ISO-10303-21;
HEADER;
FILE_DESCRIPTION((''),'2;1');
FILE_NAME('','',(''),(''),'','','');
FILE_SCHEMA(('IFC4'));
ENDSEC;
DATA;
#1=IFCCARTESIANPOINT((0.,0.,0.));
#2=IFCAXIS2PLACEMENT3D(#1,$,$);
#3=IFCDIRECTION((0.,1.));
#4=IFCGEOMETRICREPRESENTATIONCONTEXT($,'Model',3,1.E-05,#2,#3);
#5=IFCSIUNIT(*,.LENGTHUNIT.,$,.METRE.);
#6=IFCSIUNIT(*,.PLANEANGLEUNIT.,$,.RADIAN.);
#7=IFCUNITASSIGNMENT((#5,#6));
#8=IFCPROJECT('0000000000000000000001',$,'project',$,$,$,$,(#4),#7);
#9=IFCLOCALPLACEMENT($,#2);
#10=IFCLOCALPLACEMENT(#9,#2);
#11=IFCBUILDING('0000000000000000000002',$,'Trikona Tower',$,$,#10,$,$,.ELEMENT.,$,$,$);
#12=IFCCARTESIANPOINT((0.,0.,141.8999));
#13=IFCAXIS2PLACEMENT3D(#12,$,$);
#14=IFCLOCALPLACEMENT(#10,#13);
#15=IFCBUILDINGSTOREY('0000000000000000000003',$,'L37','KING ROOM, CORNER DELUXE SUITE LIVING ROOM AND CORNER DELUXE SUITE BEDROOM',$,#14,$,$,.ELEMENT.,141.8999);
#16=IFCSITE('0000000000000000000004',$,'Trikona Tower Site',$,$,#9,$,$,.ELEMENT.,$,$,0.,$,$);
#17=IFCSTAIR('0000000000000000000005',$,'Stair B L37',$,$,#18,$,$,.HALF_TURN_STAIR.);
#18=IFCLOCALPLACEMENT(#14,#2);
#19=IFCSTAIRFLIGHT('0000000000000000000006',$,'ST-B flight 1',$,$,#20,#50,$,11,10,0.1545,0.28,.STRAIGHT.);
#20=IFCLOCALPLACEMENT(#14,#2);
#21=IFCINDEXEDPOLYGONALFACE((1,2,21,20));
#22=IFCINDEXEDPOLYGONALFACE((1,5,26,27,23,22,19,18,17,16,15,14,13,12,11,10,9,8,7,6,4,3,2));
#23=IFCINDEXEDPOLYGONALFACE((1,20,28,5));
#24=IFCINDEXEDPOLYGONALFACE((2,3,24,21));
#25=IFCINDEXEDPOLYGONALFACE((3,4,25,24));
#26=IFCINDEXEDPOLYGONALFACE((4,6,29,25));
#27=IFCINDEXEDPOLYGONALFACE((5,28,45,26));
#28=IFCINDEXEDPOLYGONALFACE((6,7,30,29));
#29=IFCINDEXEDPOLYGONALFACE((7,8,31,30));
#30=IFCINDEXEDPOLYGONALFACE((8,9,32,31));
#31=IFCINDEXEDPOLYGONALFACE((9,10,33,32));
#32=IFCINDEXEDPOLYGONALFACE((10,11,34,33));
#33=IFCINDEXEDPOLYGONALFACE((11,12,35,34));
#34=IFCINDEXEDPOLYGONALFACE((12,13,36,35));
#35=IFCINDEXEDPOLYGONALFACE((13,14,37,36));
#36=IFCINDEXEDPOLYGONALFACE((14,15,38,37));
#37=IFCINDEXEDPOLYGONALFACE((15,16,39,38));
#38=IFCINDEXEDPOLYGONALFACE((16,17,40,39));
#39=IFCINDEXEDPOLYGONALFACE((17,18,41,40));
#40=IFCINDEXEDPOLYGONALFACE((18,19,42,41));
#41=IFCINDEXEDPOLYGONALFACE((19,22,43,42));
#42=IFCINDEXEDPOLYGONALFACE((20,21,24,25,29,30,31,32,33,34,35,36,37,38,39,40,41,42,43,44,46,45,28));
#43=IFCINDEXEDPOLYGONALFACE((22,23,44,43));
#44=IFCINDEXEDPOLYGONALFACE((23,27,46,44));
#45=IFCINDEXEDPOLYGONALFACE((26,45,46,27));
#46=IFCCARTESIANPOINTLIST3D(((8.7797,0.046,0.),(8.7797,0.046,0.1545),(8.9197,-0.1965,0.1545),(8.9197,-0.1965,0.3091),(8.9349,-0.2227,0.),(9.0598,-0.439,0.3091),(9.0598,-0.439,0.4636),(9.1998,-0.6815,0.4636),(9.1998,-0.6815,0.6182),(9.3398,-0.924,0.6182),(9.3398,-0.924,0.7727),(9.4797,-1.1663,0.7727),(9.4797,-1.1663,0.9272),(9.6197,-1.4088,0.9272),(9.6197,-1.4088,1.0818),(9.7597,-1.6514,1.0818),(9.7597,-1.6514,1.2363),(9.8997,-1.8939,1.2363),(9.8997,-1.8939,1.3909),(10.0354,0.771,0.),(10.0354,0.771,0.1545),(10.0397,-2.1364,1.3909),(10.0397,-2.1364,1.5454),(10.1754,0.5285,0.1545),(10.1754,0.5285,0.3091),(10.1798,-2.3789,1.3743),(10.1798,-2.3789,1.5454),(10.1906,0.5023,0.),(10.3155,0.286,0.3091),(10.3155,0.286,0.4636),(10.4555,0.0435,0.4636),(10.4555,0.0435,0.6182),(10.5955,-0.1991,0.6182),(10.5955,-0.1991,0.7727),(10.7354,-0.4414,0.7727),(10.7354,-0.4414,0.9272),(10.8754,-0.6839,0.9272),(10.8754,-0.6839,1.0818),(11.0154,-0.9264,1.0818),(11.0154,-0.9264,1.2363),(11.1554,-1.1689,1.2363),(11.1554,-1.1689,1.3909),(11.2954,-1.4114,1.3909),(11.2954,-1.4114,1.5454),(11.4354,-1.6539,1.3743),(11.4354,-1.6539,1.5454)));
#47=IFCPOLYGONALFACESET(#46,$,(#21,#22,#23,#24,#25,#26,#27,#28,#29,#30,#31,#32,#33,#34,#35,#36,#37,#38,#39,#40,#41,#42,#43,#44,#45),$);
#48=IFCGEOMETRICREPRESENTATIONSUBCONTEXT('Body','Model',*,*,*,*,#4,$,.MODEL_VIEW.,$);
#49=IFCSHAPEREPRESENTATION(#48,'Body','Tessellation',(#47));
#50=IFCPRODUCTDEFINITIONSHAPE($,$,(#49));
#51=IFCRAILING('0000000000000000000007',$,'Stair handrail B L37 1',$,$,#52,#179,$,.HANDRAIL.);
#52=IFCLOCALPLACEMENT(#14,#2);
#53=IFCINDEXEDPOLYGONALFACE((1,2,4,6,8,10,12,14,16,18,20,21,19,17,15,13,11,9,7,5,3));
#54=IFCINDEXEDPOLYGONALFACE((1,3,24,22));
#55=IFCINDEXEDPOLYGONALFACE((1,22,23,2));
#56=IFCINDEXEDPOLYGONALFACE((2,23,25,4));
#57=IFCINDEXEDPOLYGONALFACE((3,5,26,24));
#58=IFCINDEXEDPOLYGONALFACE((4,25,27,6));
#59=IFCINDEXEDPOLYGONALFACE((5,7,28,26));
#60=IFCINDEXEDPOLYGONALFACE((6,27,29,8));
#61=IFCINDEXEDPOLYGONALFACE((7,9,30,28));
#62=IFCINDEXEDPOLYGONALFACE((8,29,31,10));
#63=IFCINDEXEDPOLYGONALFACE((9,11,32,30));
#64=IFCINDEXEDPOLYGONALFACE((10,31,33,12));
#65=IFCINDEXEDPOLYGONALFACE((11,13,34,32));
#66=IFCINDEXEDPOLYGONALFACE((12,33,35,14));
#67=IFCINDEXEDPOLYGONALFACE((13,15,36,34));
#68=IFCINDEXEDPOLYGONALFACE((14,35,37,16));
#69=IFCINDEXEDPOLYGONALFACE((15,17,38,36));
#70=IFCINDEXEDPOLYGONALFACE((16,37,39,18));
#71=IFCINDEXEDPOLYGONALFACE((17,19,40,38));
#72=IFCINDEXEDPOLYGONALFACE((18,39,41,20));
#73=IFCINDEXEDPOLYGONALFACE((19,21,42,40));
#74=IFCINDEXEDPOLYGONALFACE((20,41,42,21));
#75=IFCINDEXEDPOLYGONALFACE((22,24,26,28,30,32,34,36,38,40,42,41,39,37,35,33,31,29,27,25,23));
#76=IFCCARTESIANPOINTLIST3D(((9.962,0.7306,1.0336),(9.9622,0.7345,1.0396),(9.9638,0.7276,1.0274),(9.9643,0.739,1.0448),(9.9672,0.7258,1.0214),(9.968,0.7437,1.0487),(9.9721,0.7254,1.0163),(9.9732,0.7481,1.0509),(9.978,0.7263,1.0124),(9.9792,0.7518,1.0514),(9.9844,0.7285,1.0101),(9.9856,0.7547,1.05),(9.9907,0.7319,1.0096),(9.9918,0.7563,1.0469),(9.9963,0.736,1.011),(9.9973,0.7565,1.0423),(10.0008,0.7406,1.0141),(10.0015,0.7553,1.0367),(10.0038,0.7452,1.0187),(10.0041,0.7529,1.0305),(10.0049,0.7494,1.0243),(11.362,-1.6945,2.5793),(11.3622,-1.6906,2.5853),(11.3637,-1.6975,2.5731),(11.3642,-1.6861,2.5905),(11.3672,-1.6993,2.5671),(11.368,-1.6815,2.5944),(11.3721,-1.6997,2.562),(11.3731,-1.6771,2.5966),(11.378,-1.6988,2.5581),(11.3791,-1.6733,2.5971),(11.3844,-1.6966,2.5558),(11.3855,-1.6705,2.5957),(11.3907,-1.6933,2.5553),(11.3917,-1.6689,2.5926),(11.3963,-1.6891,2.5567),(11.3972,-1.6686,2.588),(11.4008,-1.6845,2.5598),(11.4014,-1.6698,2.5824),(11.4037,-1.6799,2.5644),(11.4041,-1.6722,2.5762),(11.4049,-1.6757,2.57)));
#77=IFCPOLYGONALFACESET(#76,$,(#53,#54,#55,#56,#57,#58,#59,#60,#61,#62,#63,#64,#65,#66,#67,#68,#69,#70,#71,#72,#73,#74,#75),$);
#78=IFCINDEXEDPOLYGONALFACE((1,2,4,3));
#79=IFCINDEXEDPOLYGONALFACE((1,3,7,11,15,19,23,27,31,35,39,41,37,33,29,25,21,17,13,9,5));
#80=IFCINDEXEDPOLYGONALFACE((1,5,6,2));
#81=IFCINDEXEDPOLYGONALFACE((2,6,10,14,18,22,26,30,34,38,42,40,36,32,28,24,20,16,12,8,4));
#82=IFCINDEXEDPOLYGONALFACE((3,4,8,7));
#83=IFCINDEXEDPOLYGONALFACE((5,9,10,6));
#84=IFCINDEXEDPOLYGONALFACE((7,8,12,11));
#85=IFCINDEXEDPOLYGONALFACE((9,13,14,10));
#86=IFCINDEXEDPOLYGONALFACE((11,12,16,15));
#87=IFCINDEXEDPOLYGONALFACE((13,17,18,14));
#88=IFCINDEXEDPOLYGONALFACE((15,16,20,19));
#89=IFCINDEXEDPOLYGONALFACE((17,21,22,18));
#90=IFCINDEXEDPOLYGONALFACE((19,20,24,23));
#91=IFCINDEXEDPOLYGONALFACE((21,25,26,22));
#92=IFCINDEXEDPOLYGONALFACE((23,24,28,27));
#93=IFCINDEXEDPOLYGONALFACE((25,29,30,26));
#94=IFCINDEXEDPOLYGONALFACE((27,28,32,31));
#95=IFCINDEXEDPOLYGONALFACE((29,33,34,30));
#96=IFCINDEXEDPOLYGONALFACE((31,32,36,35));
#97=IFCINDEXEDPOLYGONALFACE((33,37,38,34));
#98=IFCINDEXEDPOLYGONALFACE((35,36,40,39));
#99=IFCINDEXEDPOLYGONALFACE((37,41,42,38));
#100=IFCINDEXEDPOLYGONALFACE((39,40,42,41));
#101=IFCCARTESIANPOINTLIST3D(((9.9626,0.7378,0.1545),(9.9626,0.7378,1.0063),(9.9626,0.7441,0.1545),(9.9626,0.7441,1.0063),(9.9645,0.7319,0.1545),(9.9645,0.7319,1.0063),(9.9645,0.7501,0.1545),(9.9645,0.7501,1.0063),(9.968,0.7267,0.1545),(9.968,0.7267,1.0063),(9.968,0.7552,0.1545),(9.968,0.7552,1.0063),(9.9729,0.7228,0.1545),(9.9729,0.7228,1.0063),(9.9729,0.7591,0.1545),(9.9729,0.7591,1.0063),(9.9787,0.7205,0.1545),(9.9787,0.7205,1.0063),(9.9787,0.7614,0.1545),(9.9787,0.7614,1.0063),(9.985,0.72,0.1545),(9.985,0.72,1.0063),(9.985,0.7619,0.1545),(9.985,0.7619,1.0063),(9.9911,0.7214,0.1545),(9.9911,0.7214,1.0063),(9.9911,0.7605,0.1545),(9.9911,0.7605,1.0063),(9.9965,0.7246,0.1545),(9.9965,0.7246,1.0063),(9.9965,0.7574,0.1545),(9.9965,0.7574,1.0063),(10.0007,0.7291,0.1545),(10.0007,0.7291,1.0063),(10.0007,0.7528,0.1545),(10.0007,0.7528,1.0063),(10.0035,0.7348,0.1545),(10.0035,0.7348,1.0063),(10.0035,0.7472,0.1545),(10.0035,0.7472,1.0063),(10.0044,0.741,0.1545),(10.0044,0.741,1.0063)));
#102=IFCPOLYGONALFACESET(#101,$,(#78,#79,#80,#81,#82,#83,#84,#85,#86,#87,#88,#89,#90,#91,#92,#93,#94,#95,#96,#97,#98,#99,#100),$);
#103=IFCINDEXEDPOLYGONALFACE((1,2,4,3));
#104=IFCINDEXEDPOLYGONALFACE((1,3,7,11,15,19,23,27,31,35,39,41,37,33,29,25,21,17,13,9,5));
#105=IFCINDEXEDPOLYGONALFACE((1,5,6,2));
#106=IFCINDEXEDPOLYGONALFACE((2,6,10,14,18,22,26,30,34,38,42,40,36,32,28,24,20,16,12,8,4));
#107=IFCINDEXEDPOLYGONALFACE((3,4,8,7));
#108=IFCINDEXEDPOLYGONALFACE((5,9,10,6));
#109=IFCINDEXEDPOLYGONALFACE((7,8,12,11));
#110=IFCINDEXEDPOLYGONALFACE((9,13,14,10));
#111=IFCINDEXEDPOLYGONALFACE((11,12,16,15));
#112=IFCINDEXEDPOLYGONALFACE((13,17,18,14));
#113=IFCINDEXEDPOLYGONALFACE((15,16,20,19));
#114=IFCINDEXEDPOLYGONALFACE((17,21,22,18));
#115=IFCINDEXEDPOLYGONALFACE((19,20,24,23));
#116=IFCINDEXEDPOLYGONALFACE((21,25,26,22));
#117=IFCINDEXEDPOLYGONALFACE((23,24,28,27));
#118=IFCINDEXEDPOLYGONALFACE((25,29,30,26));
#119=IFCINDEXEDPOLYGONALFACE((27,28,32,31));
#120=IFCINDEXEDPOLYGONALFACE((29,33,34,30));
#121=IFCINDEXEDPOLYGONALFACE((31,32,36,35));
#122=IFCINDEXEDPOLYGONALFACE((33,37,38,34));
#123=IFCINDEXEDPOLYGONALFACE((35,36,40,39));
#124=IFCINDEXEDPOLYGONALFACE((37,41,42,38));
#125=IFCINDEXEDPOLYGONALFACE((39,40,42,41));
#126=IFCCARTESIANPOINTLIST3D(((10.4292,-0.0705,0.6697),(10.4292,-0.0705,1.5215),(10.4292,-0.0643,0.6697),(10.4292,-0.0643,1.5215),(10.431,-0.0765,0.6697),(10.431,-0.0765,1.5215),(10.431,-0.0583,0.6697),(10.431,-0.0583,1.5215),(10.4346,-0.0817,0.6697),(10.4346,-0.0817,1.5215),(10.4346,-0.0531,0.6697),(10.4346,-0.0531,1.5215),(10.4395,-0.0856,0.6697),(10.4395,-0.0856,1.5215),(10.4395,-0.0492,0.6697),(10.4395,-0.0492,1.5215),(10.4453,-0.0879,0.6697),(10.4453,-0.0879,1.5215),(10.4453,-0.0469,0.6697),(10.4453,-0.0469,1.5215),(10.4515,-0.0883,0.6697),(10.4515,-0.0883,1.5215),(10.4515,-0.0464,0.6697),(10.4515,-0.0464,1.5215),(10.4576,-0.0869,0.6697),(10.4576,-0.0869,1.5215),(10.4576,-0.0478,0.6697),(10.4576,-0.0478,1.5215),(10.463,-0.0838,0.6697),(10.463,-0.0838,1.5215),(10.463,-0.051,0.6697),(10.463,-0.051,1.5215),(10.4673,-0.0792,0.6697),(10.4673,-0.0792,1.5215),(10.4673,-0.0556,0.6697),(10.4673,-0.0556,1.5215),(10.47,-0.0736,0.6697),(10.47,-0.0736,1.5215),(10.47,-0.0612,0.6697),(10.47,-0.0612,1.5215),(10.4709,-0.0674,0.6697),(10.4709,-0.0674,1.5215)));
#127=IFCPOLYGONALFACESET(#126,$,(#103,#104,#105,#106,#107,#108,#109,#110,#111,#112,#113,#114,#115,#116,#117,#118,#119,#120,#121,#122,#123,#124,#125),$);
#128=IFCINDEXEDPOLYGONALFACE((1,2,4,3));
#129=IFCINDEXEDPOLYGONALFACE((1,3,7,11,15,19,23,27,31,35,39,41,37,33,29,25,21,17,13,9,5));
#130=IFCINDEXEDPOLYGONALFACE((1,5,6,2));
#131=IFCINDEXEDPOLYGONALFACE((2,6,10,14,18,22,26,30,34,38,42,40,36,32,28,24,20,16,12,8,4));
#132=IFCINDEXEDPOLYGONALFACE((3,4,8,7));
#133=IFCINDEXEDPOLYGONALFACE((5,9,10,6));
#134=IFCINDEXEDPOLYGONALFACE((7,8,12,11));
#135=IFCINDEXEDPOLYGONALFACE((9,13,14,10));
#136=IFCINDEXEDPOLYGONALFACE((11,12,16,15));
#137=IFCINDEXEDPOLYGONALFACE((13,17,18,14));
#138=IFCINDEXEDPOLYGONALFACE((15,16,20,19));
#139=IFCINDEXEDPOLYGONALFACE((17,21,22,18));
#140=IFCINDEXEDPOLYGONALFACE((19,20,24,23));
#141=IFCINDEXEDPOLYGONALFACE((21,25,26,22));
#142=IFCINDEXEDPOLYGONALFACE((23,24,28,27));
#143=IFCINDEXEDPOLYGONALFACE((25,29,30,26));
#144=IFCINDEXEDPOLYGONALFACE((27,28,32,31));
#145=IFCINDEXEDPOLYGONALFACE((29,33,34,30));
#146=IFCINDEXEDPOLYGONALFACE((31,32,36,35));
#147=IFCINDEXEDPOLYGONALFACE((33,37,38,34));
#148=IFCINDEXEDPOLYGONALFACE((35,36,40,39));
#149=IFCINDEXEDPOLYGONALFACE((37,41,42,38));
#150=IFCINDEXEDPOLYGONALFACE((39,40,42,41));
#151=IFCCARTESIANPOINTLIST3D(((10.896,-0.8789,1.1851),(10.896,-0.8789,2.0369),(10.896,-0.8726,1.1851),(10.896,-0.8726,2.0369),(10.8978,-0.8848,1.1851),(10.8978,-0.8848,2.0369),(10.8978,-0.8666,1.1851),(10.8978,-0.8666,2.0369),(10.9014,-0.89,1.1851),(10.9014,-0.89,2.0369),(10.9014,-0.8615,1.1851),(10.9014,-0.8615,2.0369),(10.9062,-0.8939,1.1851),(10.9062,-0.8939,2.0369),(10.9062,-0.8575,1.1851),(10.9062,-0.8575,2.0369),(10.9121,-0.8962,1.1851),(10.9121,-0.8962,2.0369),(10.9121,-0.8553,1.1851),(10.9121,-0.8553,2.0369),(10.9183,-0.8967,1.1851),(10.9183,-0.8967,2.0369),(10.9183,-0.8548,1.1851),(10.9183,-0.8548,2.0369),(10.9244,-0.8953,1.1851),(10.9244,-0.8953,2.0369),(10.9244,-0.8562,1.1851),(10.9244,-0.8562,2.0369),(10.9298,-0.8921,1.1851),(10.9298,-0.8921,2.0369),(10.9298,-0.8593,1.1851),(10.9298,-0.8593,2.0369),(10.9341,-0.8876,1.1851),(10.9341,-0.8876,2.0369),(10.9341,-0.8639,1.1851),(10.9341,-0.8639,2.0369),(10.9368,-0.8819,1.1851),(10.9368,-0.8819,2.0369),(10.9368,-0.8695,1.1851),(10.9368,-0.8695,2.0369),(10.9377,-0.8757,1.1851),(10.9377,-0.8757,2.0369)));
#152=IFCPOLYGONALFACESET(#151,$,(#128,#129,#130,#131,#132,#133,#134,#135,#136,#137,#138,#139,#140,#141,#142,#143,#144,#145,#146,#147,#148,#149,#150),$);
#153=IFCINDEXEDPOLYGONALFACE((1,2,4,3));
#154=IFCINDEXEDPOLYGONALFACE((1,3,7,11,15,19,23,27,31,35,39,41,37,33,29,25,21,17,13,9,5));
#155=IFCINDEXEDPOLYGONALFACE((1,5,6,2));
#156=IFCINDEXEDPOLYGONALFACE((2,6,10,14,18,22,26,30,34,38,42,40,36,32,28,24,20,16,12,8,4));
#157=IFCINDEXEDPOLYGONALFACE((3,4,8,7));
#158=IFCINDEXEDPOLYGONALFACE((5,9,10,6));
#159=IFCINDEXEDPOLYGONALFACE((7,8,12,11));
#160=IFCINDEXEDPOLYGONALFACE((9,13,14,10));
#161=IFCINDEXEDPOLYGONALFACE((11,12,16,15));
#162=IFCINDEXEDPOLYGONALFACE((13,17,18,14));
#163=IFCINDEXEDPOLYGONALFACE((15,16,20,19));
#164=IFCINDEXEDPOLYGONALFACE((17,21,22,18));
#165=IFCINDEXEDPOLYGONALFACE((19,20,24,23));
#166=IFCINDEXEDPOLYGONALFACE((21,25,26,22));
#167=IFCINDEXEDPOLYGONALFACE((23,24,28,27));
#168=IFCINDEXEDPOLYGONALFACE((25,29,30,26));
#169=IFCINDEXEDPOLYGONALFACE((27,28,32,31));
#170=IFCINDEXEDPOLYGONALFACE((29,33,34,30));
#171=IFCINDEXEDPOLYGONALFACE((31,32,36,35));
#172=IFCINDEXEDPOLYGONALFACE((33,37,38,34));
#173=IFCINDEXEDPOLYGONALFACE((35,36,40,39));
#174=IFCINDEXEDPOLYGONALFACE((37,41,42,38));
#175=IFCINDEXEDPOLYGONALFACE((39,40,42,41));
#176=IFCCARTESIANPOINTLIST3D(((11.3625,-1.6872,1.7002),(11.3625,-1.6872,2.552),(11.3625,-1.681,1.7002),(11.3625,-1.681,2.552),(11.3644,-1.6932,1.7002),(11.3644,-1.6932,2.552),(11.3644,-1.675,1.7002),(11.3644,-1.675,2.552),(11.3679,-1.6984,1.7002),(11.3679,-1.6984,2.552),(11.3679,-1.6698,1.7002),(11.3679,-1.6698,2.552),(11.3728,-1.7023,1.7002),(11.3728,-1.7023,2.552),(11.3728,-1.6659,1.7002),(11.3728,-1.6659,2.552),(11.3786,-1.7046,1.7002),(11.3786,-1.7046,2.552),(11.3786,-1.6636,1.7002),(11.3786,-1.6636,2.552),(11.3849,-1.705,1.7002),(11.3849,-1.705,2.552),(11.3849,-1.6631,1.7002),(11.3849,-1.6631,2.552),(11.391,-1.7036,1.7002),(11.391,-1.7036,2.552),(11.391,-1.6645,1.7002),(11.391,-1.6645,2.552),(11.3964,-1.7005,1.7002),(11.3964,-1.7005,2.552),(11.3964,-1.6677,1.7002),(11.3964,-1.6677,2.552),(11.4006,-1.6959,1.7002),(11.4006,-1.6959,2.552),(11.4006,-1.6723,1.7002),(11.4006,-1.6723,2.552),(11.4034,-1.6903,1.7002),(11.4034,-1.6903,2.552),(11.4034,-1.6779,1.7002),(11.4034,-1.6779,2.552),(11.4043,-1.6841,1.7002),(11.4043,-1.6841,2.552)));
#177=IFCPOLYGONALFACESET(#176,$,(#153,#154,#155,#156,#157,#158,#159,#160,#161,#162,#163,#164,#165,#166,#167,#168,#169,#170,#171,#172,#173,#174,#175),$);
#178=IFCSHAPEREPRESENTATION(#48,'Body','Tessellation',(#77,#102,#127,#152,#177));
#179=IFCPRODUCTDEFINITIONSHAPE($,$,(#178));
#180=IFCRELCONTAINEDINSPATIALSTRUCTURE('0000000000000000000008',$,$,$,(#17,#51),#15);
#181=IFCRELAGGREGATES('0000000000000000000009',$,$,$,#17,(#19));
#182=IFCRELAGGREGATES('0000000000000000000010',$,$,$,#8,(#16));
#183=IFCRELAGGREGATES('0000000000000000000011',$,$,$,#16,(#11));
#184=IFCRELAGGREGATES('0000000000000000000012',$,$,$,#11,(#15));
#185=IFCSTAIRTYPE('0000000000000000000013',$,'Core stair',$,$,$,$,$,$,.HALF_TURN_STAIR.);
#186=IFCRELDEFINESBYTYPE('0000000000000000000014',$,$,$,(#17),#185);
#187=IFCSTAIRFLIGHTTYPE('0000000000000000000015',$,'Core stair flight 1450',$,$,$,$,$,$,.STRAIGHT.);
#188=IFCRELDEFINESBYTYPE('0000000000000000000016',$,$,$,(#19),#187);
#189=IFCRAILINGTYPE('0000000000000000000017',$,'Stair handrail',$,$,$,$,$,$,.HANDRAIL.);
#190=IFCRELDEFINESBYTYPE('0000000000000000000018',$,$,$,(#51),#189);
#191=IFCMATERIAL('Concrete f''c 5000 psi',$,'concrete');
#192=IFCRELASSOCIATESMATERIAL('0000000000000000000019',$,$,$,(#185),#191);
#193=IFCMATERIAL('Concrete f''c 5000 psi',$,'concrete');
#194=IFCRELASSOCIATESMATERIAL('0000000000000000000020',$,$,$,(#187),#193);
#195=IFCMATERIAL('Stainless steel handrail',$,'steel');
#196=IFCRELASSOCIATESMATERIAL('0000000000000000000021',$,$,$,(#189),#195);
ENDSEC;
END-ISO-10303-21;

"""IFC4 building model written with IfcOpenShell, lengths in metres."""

from ifc_helpers import new_model, si_unit, direction, frame, origin, origin_2d, place, context, subcontext, project, spatial, polyline, circle, outline, extrude, material, type_object, element, aggregate, save


model = new_model("IFC4")

# Units and contexts
model_context = context("Model", 3, precision=1e-05, world=origin(), true_north=direction((0.0, 1.0)))
body_context = subcontext(model_context, "Body", "Model", "MODEL_VIEW")
ifc_project = project(units=[si_unit("LENGTHUNIT", "METRE"), si_unit("PLANEANGLEUNIT", "RADIAN")], contexts=[model_context])

# Site, building, storey
site_placement = place(None, origin())
site = spatial("IfcSite", under=ifc_project, at=site_placement, Name="Trikona Tower Site", CompositionType="ELEMENT", RefElevation=0.0)
building_placement = place(site_placement, origin())
building = spatial("IfcBuilding", under=site, at=building_placement, Name="Trikona Tower", CompositionType="ELEMENT")
storey_placement = place(building_placement, frame((0.0, 0.0, 141.8999)))
storey = spatial("IfcBuildingStorey", under=building, at=storey_placement, Name="L37", Description="KING ROOM, CORNER DELUXE SUITE LIVING ROOM AND CORNER DELUXE SUITE BEDROOM", CompositionType="ELEMENT", Elevation=141.8999)

# Stair
ifc_material_1 = material(Name="Concrete f'c 5000 psi", Category="concrete")
stair_type = type_object("IfcStairType", Name="Core stair", PredefinedType="HALF_TURN_STAIR", material=ifc_material_1)
stair_1_placement = place(storey_placement, origin())
stair_1 = element("IfcStair", 1, at=stair_1_placement, inside=storey, type_object=stair_type, Name="Stair B L37", PredefinedType="HALF_TURN_STAIR")

# Stair flight
ifc_material_2 = material(Name="Concrete f'c 5000 psi", Category="concrete")
stair_flight_type = type_object("IfcStairFlightType", Name="Core stair flight 1450", PredefinedType="STRAIGHT", material=ifc_material_2)
stair_flight_placement = place(storey_placement, frame((9.4075, 0.4084, 0.0), z_axis=(0.0, 0.0, 1.0), x_axis=(0.5, -0.866025, 0.0)))
stair_flight = element("IfcStairFlight", 2, at=stair_flight_placement, type_object=stair_flight_type, Name="ST-B flight 1", NumberOfRisers=11, NumberOfTreads=10, PredefinedType="STRAIGHT", RiserHeight=0.1545, TreadLength=0.28, context=body_context, shape_type="SweptSolid", body=[
    extrude(outline(polyline([(0.0, 0.0), (0.0, 0.1545), (0.28, 0.1545), (0.28, 0.3091), (0.5601, 0.3091), (0.5601, 0.4636), (0.8401, 0.4636), (0.8401, 0.6182), (1.1201, 0.6182), (1.1201, 0.7727), (1.3999, 0.7727), (1.3999, 0.9272), (1.6799, 0.9272), (1.6799, 1.0818), (1.96, 1.0818), (1.96, 1.2363), (2.24, 1.2363), (2.24, 1.3909), (2.52, 1.3909), (2.52, 1.5454), (2.8, 1.5454), (2.8, 1.7), (2.8, 1.3743), (0.3103, 0.0), (0.0, 0.0)])), frame((0.0, 0.7251, 0.0), z_axis=(0.0, -1.0, 0.0), x_axis=(1.0, 0.0, 0.0)), (0.0, 0.0, 1.0), 1.45),
])
aggregate(stair_1, [stair_flight])

# Railing
ifc_material_3 = material(Name="Stainless steel handrail", Category="steel")
railing_type = type_object("IfcRailingType", Name="Stair handrail", PredefinedType="HANDRAIL", material=ifc_material_3)
railing_placement = place(storey_placement, frame((9.9834, 0.741, 0.1545)))
element("IfcRailing", 3, at=railing_placement, inside=storey, type_object=railing_type, Name="Stair handrail B L37 1", PredefinedType="HANDRAIL", context=body_context, shape_type="SweptSolid", body=[
    extrude(circle(Radius=0.0239, at=origin_2d()), frame((0.0, 0.0, 0.876), z_axis=(0.437691, -0.758212, 0.483262), x_axis=(0.866056, 0.499946, 0.0)), (0.0, 0.0, 1.0), 3.1985),
    extrude(circle(Radius=0.021, at=origin_2d()), origin(), (0.0, 0.0, 1.0), 0.8518),
    extrude(circle(Radius=0.021, at=origin_2d()), frame((0.4666, -0.8083, 0.5151)), (0.0, 0.0, 1.0), 0.8518),
    extrude(circle(Radius=0.021, at=origin_2d()), frame((0.9333, -1.6167, 1.0305)), (0.0, 0.0, 1.0), 0.8518),
    extrude(circle(Radius=0.021, at=origin_2d()), frame((1.3999, -2.425, 1.5457)), (0.0, 0.0, 1.0), 0.8518),
])

save(model, "model.ifc")
